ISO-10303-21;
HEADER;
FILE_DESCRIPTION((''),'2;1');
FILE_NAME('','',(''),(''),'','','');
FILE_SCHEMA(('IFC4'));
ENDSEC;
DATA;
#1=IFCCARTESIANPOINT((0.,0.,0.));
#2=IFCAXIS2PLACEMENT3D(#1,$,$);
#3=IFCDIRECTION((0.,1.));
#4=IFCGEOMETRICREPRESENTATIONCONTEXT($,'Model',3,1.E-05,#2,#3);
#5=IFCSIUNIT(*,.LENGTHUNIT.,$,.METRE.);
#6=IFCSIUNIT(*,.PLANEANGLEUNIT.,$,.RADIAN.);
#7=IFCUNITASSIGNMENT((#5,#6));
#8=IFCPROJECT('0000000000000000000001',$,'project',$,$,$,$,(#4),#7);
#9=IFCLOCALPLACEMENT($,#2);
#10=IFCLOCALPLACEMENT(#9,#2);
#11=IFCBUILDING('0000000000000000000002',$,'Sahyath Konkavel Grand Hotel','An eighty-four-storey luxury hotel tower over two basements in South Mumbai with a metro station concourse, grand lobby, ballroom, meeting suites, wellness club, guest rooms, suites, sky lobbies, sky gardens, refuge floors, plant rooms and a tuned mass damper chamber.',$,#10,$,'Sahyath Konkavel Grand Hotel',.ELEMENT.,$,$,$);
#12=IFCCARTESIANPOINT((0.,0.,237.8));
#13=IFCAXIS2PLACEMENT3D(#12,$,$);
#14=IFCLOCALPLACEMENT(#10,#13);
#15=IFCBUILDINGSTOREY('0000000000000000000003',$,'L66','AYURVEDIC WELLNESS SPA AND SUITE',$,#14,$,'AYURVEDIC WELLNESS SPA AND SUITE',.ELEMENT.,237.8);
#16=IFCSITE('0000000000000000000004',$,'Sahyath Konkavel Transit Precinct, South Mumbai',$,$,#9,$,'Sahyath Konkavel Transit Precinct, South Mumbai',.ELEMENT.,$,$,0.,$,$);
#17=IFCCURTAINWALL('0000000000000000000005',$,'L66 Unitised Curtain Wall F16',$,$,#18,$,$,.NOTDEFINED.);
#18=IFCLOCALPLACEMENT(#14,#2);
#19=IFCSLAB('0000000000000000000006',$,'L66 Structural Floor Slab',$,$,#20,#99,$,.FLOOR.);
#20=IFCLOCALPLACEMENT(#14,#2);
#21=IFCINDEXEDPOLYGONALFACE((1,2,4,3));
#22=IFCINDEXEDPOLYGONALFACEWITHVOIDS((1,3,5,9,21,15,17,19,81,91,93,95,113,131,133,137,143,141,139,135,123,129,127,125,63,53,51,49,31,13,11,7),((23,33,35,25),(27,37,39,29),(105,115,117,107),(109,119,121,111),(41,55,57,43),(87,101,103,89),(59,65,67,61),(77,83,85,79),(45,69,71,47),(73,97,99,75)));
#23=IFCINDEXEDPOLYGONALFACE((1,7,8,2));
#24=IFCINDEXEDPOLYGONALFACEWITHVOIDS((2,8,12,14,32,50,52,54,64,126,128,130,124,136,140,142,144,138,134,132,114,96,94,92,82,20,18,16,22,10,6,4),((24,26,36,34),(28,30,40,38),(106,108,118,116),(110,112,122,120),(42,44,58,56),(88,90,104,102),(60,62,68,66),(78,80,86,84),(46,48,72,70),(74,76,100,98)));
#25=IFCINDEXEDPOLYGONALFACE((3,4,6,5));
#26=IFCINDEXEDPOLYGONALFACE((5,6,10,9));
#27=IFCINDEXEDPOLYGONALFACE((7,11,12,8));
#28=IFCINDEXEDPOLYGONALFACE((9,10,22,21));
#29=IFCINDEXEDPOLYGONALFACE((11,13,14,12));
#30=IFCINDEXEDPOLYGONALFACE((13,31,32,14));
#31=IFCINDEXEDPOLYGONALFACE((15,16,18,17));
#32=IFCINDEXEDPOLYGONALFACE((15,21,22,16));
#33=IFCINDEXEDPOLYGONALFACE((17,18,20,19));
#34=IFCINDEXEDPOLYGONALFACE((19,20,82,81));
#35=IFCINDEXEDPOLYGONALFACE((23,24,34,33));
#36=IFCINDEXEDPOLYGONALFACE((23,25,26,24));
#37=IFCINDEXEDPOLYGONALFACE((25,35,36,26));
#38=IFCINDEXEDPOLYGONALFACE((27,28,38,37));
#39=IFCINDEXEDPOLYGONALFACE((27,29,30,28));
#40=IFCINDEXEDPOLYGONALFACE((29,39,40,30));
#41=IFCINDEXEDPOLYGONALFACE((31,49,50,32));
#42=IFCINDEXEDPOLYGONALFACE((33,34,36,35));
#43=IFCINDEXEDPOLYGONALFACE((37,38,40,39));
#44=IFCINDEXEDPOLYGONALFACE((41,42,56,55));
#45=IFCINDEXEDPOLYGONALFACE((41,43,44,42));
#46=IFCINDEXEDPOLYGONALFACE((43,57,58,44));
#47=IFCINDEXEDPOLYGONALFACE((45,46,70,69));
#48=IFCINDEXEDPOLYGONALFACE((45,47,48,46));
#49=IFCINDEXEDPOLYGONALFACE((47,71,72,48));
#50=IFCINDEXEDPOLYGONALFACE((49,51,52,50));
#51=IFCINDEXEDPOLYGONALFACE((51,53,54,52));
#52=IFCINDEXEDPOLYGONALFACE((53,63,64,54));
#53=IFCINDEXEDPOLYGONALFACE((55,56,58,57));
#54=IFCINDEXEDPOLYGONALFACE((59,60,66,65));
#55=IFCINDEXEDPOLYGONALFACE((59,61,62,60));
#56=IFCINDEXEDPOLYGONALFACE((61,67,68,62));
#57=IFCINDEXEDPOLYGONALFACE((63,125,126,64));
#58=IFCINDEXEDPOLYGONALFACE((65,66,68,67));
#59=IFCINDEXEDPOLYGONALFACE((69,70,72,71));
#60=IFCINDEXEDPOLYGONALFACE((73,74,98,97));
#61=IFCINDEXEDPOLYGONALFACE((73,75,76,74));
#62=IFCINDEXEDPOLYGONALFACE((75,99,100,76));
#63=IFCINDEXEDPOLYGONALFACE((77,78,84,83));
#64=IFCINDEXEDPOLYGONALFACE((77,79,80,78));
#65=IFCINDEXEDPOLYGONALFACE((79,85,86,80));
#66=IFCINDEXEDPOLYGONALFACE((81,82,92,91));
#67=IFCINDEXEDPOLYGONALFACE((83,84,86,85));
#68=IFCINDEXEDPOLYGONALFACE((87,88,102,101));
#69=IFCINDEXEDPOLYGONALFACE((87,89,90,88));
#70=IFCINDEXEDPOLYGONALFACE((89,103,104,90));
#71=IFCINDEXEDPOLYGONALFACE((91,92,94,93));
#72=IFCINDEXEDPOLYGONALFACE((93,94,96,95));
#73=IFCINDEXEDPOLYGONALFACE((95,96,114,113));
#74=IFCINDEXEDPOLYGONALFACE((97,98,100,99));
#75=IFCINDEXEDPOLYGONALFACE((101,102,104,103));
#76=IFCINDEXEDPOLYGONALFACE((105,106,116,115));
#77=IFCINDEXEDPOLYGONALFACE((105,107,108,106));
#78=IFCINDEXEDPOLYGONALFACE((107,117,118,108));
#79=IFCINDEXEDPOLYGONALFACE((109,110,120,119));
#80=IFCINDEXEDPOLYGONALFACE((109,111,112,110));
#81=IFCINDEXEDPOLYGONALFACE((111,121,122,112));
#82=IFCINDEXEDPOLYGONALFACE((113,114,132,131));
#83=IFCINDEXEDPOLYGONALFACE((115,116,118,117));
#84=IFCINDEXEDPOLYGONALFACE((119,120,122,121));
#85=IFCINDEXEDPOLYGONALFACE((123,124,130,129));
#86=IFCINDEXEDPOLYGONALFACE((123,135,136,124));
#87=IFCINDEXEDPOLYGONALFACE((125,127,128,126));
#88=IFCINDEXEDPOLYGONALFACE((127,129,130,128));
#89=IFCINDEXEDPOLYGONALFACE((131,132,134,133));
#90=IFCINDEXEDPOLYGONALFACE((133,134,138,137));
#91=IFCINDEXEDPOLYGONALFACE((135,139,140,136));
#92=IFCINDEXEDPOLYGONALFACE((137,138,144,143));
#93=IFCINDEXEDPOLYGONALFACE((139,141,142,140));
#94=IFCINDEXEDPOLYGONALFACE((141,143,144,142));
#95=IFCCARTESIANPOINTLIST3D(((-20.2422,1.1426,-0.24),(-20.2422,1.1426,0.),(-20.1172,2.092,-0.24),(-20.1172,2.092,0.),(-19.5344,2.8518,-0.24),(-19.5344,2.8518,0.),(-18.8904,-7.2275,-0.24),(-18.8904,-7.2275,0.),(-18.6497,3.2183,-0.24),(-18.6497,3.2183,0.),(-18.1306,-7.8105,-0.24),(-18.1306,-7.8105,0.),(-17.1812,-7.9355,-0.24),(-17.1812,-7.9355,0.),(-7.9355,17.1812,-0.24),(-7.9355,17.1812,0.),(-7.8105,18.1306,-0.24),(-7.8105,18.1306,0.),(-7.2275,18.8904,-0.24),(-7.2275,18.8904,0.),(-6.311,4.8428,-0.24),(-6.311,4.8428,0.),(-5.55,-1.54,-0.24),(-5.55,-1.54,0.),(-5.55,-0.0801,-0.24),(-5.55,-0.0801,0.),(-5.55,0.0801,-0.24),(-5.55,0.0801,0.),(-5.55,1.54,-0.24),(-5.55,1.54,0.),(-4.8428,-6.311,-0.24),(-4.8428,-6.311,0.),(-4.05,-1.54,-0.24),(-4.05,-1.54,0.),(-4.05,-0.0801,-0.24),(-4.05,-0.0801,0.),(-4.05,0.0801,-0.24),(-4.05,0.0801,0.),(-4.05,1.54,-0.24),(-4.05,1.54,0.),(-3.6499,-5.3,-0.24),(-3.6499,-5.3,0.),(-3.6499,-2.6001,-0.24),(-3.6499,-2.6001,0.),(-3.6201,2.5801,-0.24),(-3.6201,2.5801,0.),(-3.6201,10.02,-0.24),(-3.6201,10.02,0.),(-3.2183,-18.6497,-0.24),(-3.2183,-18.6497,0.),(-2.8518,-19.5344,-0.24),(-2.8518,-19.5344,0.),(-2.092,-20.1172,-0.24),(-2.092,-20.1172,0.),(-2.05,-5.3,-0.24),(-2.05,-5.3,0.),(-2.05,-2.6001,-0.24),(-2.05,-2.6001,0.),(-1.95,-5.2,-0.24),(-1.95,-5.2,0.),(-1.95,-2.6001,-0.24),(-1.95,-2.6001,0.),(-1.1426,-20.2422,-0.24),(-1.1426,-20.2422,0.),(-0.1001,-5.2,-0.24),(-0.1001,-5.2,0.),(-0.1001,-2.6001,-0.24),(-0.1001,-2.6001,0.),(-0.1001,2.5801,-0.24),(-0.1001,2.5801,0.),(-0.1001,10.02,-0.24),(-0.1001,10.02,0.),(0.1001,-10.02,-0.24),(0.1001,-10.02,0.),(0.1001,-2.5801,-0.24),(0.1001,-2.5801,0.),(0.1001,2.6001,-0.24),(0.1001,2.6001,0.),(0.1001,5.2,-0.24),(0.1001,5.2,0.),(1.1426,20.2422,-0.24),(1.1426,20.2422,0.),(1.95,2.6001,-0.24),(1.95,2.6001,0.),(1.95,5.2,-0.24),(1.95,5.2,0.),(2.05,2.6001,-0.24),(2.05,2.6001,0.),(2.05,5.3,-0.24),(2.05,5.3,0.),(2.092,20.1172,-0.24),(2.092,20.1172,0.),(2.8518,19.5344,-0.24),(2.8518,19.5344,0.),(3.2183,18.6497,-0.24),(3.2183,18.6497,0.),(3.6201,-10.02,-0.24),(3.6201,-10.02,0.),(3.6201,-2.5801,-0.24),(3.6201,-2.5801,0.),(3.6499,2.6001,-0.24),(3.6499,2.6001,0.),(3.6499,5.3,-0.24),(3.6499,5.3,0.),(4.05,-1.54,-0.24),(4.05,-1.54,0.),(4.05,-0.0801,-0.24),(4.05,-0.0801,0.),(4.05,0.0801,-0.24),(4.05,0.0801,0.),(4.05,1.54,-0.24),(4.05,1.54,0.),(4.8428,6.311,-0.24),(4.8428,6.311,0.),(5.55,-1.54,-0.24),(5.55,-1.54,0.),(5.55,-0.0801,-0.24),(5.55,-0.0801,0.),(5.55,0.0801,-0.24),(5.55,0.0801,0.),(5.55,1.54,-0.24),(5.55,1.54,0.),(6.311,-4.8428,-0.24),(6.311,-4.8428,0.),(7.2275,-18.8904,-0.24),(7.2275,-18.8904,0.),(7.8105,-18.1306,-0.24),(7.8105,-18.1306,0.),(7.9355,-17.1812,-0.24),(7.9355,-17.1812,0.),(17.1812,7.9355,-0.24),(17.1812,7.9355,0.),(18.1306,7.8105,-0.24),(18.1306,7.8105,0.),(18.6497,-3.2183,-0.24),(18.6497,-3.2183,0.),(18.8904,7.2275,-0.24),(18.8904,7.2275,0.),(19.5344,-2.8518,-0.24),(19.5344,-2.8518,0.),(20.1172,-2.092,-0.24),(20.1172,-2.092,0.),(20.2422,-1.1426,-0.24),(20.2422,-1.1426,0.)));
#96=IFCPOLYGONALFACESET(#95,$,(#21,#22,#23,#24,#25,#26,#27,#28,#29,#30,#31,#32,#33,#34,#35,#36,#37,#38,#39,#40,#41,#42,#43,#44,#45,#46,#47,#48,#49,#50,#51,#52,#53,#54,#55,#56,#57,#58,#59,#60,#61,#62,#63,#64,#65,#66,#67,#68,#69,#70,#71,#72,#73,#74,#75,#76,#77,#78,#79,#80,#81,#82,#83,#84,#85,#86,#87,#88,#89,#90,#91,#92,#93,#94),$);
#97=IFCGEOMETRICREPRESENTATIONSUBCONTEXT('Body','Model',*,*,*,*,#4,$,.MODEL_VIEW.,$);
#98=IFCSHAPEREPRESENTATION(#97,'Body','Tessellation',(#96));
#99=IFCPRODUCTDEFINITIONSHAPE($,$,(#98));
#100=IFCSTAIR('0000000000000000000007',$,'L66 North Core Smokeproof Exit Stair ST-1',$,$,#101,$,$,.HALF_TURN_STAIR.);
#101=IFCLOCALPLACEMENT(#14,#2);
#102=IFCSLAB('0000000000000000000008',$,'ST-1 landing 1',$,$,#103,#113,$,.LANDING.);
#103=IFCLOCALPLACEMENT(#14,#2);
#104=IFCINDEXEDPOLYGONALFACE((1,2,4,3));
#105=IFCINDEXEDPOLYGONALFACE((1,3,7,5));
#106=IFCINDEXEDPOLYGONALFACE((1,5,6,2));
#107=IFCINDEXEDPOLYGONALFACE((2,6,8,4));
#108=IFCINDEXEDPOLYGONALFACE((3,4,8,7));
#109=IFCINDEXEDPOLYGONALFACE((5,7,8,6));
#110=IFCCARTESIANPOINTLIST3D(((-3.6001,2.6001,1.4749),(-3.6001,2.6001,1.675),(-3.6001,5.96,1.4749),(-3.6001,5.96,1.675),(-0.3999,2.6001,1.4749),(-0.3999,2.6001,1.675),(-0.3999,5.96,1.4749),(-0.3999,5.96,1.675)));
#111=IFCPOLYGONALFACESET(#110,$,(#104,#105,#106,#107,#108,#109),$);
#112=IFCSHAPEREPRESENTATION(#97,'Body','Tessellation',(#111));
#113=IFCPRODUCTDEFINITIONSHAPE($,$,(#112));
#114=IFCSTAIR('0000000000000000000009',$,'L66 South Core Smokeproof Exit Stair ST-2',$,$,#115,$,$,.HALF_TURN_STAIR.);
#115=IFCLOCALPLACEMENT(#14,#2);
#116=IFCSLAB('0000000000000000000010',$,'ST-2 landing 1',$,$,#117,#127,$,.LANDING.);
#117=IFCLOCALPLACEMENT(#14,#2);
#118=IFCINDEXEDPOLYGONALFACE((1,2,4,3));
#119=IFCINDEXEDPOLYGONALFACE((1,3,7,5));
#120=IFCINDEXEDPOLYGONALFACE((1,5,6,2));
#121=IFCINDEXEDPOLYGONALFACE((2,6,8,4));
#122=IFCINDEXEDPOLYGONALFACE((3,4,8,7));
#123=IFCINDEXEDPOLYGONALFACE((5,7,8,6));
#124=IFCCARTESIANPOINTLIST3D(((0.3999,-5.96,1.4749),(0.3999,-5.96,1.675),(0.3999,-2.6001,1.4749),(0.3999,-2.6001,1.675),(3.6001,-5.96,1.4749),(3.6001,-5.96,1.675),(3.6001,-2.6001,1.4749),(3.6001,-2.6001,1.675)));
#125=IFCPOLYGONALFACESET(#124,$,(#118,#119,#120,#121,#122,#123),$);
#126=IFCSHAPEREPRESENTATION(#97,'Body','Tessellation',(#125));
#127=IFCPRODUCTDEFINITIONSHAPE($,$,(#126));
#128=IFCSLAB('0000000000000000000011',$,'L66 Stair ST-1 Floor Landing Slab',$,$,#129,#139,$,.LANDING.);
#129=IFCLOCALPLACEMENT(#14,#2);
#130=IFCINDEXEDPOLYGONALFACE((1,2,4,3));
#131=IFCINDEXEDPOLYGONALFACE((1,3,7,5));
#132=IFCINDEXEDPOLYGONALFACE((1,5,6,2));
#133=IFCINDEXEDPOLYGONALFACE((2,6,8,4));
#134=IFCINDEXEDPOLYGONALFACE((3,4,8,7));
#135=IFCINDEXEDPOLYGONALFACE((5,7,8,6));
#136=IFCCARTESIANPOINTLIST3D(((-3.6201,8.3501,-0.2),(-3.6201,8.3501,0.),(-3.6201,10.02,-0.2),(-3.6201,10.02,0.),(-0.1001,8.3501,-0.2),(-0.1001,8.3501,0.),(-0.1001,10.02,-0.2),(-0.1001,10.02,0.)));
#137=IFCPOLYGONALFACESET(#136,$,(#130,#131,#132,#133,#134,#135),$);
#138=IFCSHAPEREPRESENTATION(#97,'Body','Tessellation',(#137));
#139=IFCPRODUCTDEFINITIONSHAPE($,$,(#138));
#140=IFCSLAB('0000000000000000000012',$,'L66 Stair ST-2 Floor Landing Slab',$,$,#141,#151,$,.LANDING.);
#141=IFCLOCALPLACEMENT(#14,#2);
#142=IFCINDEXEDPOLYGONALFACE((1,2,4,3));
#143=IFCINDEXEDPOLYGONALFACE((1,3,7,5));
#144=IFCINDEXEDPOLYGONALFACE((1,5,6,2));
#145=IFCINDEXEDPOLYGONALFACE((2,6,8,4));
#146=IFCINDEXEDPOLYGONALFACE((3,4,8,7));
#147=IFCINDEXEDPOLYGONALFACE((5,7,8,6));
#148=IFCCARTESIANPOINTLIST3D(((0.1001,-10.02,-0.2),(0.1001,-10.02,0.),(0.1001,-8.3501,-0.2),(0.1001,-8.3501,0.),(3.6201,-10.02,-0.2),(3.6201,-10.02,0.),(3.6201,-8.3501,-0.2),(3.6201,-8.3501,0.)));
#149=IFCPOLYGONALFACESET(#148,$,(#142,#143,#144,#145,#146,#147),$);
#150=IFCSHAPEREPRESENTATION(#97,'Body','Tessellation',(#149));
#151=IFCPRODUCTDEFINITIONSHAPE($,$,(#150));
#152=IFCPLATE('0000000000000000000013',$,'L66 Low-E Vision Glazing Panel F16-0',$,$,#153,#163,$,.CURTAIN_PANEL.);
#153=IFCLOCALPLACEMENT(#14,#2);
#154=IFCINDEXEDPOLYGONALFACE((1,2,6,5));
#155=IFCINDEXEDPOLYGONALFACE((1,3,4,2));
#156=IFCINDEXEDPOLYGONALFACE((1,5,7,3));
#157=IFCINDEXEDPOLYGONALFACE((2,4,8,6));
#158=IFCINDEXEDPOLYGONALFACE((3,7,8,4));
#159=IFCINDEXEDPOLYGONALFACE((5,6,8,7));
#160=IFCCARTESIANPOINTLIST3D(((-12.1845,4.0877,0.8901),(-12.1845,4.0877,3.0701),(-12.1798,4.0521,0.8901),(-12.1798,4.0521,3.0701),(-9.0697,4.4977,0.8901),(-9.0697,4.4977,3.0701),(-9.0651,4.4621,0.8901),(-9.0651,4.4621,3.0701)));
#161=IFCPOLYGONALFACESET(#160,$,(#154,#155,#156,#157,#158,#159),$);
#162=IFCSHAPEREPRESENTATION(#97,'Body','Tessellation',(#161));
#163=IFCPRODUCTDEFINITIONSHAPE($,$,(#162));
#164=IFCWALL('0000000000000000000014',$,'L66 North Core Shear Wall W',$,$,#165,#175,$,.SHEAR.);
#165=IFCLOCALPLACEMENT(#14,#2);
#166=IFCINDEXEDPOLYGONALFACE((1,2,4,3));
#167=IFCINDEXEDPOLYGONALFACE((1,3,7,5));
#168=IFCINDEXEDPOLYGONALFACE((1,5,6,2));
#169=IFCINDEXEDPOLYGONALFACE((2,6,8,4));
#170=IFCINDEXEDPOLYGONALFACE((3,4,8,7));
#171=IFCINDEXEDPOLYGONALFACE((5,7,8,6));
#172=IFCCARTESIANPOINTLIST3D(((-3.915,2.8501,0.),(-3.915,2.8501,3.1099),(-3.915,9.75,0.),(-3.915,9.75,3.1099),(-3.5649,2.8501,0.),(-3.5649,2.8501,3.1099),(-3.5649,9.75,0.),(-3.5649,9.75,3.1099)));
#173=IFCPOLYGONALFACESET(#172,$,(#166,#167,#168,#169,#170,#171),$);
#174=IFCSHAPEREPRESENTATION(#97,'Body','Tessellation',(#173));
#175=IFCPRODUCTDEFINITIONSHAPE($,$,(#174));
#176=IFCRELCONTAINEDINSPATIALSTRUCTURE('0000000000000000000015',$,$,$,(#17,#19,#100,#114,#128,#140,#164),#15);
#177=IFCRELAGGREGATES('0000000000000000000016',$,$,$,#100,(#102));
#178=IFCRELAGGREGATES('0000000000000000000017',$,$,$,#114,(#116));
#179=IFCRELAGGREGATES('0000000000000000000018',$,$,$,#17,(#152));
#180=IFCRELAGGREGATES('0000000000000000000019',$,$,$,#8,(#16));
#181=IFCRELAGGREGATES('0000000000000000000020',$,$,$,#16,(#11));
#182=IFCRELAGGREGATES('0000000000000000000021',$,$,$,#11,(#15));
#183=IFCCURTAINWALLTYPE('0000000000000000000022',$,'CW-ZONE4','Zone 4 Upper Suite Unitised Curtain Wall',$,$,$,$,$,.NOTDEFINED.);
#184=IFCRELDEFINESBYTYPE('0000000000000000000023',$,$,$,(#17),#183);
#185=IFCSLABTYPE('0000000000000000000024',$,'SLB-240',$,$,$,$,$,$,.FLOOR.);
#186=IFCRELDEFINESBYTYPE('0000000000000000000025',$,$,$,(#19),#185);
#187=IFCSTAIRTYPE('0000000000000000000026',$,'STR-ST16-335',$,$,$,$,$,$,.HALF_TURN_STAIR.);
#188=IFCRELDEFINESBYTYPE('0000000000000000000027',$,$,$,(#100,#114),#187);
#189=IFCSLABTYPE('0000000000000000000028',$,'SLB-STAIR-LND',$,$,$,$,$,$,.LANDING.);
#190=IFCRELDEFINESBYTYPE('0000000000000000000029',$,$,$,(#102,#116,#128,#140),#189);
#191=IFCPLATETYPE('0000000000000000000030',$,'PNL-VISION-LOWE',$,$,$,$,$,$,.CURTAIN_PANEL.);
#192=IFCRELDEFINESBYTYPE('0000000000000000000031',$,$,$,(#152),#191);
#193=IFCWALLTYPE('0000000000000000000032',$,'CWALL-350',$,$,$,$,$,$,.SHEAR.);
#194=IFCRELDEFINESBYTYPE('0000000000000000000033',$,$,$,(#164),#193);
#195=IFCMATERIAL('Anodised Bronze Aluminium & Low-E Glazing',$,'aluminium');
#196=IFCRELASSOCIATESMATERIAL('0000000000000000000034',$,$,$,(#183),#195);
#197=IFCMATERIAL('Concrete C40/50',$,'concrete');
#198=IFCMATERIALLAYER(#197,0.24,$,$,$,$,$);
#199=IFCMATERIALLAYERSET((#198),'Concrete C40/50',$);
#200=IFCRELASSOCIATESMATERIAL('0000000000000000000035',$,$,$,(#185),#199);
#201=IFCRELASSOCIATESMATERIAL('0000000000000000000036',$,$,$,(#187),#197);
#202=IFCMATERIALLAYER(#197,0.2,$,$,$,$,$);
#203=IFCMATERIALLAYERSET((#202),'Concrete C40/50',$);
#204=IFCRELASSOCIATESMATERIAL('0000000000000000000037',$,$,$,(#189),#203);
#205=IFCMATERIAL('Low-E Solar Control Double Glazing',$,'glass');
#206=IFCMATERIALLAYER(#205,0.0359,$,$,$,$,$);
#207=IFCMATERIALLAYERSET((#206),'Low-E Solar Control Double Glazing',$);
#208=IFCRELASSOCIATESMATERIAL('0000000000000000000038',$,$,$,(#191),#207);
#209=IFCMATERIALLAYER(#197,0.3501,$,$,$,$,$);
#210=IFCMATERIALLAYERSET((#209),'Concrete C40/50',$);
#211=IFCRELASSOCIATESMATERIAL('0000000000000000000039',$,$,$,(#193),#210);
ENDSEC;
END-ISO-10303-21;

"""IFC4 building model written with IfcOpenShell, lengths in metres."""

from ifc_helpers import new_model, si_unit, direction, frame, frame_2d, origin, origin_2d, place, context, subcontext, project, spatial, polyline, rectangle, outline, extrude, source, transform, mapped, material, layer, layer_set, type_object, element, aggregate, save


model = new_model("IFC4")

# Units and contexts
model_context = context("Model", 3, precision=1e-05, world=origin(), true_north=direction((0.0, 1.0)))
body_context = subcontext(model_context, "Body", "Model", "MODEL_VIEW")
ifc_project = project(units=[si_unit("LENGTHUNIT", "METRE"), si_unit("PLANEANGLEUNIT", "RADIAN")], contexts=[model_context])

# Site, building, storey
site_placement = place(None, origin())
site = spatial("IfcSite", under=ifc_project, at=site_placement, Name="Sahyath Konkavel Transit Precinct, South Mumbai", LongName="Sahyath Konkavel Transit Precinct, South Mumbai", CompositionType="ELEMENT", RefElevation=0.0)
building_placement = place(site_placement, origin())
building = spatial("IfcBuilding", under=site, at=building_placement, Name="Sahyath Konkavel Grand Hotel", Description="An eighty-four-storey luxury hotel tower over two basements in South Mumbai with a metro station concourse, grand lobby, ballroom, meeting suites, wellness club, guest rooms, suites, sky lobbies, sky gardens, refuge floors, plant rooms and a tuned mass damper chamber.", LongName="Sahyath Konkavel Grand Hotel", CompositionType="ELEMENT")
storey_placement = place(building_placement, frame((0.0, 0.0, 237.8)))
storey = spatial("IfcBuildingStorey", under=building, at=storey_placement, Name="L66", Description="AYURVEDIC WELLNESS SPA AND SUITE", LongName="AYURVEDIC WELLNESS SPA AND SUITE", CompositionType="ELEMENT", Elevation=237.8)

# Shared definitions
ifc_material_1 = material(Name="Concrete C40/50", Category="concrete")

# Shared definitions
ifc_material_2 = material(Name="Anodised Bronze Aluminium & Low-E Glazing", Category="aluminium")
curtain_wall_type = type_object("IfcCurtainWallType", Name="CW-ZONE4", Description="Zone 4 Upper Suite Unitised Curtain Wall", PredefinedType="NOTDEFINED", material=ifc_material_2)

# Curtain wall
curtain_wall_1_placement = place(storey_placement, origin())
curtain_wall_1 = element("IfcCurtainWall", 1, at=curtain_wall_1_placement, inside=storey, type_object=curtain_wall_type, Name="L66 Unitised Curtain Wall F16", PredefinedType="NOTDEFINED")

# Slab
ifc_layer_1 = layer(ifc_material_1, 0.24)
ifc_layer_set_1 = layer_set([ifc_layer_1], Name="Concrete C40/50")
slab_type_1 = type_object("IfcSlabType", Name="SLB-240", PredefinedType="FLOOR", material=ifc_layer_set_1)
slab_1_placement = place(storey_placement, frame((0.0, 0.0, -0.24)))
element("IfcSlab", 2, at=slab_1_placement, inside=storey, type_object=slab_type_1, Name="L66 Structural Floor Slab", PredefinedType="FLOOR", context=body_context, shape_type="SweptSolid", body=[
    extrude(outline(polyline([(6.311, -4.8428), (18.6497, -3.2183), (19.5344, -2.8518), (20.1172, -2.092), (20.2422, -1.1426), (18.8904, 7.2275), (18.1306, 7.8105), (17.1812, 7.9355), (4.8428, 6.311), (3.2183, 18.6497), (2.8518, 19.5344), (2.092, 20.1172), (1.1426, 20.2422), (-7.2275, 18.8904), (-7.8105, 18.1306), (-7.9355, 17.1812), (-6.311, 4.8428), (-18.6497, 3.2183), (-19.5344, 2.8518), (-20.1172, 2.092), (-20.2422, 1.1426), (-18.8904, -7.2275), (-18.1306, -7.8105), (-17.1812, -7.9355), (-4.8428, -6.311), (-3.2183, -18.6497), (-2.8518, -19.5344), (-2.092, -20.1172), (-1.1426, -20.2422), (7.2275, -18.8904), (7.8105, -18.1306), (7.9355, -17.1812), (6.311, -4.8428)]), holes=[polyline([(-3.6201, 2.5801), (-0.1001, 2.5801), (-0.1001, 10.02), (-3.6201, 10.02), (-3.6201, 2.5801)]), polyline([(0.1001, -10.02), (3.6201, -10.02), (3.6201, -2.5801), (0.1001, -2.5801), (0.1001, -10.02)]), polyline([(0.1001, 2.6001), (1.95, 2.6001), (1.95, 5.2), (0.1001, 5.2), (0.1001, 2.6001)]), polyline([(-1.95, -5.2), (-0.1001, -5.2), (-0.1001, -2.6001), (-1.95, -2.6001), (-1.95, -5.2)]), polyline([(2.05, 2.6001), (3.6499, 2.6001), (3.6499, 5.3), (2.05, 5.3), (2.05, 2.6001)]), polyline([(-3.6499, -5.3), (-2.05, -5.3), (-2.05, -2.6001), (-3.6499, -2.6001), (-3.6499, -5.3)]), polyline([(4.05, 0.0801), (5.55, 0.0801), (5.55, 1.54), (4.05, 1.54), (4.05, 0.0801)]), polyline([(4.05, -1.54), (5.55, -1.54), (5.55, -0.0801), (4.05, -0.0801), (4.05, -1.54)]), polyline([(-5.55, 0.0801), (-4.05, 0.0801), (-4.05, 1.54), (-5.55, 1.54), (-5.55, 0.0801)]), polyline([(-5.55, -1.54), (-4.05, -1.54), (-4.05, -0.0801), (-5.55, -0.0801), (-5.55, -1.54)])]), origin(), (0.0, 0.0, 1.0), 0.24),
])

# Stairs, slabs
stair_type = type_object("IfcStairType", Name="STR-ST16-335", PredefinedType="HALF_TURN_STAIR", material=ifc_material_1)
stair_1_placement = place(storey_placement, origin())
stair_1 = element("IfcStair", 3, at=stair_1_placement, inside=storey, type_object=stair_type, Name="L66 North Core Smokeproof Exit Stair ST-1", PredefinedType="HALF_TURN_STAIR")
ifc_layer_2 = layer(ifc_material_1, 0.2)
ifc_layer_set_2 = layer_set([ifc_layer_2], Name="Concrete C40/50")
slab_type_2 = type_object("IfcSlabType", Name="SLB-STAIR-LND", PredefinedType="LANDING", material=ifc_layer_set_2)
slab_2_placement = place(storey_placement, frame((0.0, 0.0, 1.4749)))
slab_2 = element("IfcSlab", 4, at=slab_2_placement, type_object=slab_type_2, Name="ST-1 landing 1", PredefinedType="LANDING", context=body_context, shape_type="SweptSolid", body=[
    extrude(outline(polyline([(-3.6001, 5.96), (-3.6001, 2.6001), (-0.3999, 2.6001), (-0.3999, 5.96), (-3.6001, 5.96)])), origin(), (0.0, 0.0, 1.0), 0.2002),
])
aggregate(stair_1, [slab_2])
stair_2_placement = place(storey_placement, origin())
stair_2 = element("IfcStair", 5, at=stair_2_placement, inside=storey, type_object=stair_type, Name="L66 South Core Smokeproof Exit Stair ST-2", PredefinedType="HALF_TURN_STAIR")
slab_3_placement = place(storey_placement, frame((0.0, 0.0, 1.4749)))
slab_3 = element("IfcSlab", 6, at=slab_3_placement, type_object=slab_type_2, Name="ST-2 landing 1", PredefinedType="LANDING", context=body_context, shape_type="SweptSolid", body=[
    extrude(outline(polyline([(3.6001, -5.96), (3.6001, -2.6001), (0.3999, -2.6001), (0.3999, -5.96), (3.6001, -5.96)])), origin(), (0.0, 0.0, 1.0), 0.2002),
])
aggregate(stair_2, [slab_3])

# Slabs
slab_4_placement = place(storey_placement, frame((0.0, 0.0, -0.2)))
element("IfcSlab", 7, at=slab_4_placement, inside=storey, type_object=slab_type_2, Name="L66 Stair ST-1 Floor Landing Slab", PredefinedType="LANDING", context=body_context, shape_type="SweptSolid", body=[
    extrude(outline(polyline([(-3.6201, 8.3501), (-0.1001, 8.3501), (-0.1001, 10.02), (-3.6201, 10.02), (-3.6201, 8.3501)])), origin(), (0.0, 0.0, 1.0), 0.2),
])
slab_5_placement = place(storey_placement, frame((0.0, 0.0, -0.2)))
element("IfcSlab", 8, at=slab_5_placement, inside=storey, type_object=slab_type_2, Name="L66 Stair ST-2 Floor Landing Slab", PredefinedType="LANDING", context=body_context, shape_type="SweptSolid", body=[
    extrude(outline(polyline([(0.1001, -10.02), (3.6201, -10.02), (3.6201, -8.3501), (0.1001, -8.3501), (0.1001, -10.02)])), origin(), (0.0, 0.0, 1.0), 0.2),
])

# Plate
ifc_material_3 = material(Name="Low-E Solar Control Double Glazing", Category="glass")
ifc_layer_3 = layer(ifc_material_3, 0.0359)
ifc_layer_set_3 = layer_set([ifc_layer_3], Name="Low-E Solar Control Double Glazing")
plate_type = type_object("IfcPlateType", Name="PNL-VISION-LOWE", PredefinedType="CURTAIN_PANEL", material=ifc_layer_set_3)
shared_shape_1 = source(origin(), body_context, "Body", "SweptSolid", [
    extrude(rectangle(XDim=3.1416, YDim=0.0359, at=origin_2d()), origin(), (0.0, 0.0, 1.0), 2.1799),
])
plate_placement = place(storey_placement, frame((-10.6248, 4.2749, 0.8901), z_axis=(0.0, 0.0, 1.0), x_axis=(-0.991445, -0.130526, 0.0)))
plate = element("IfcPlate", 9, at=plate_placement, type_object=plate_type, Name="L66 Low-E Vision Glazing Panel F16-0", PredefinedType="CURTAIN_PANEL", context=body_context, shape_type="MappedRepresentation", body=[
    mapped(shared_shape_1, transform((0.0, 0.0, 0.0), scale=1.0)),
])
aggregate(curtain_wall_1, [plate])

# Wall
ifc_layer_4 = layer(ifc_material_1, 0.3501)
ifc_layer_set_4 = layer_set([ifc_layer_4], Name="Concrete C40/50")
wall_type_1 = type_object("IfcWallType", Name="CWALL-350", PredefinedType="SHEAR", material=ifc_layer_set_4)
wall_1_placement = place(storey_placement, frame((-3.74, 2.8501, 0.0), z_axis=(0.0, 0.0, 1.0), x_axis=(0.0, 1.0, 0.0)))
element("IfcWall", 10, at=wall_1_placement, inside=storey, type_object=wall_type_1, Name="L66 North Core Shear Wall W", PredefinedType="SHEAR", context=body_context, shape_type="SweptSolid", body=[
    extrude(rectangle(XDim=6.8999, YDim=0.3501, at=frame_2d((3.45, 0.0))), origin(), (0.0, 0.0, 1.0), 3.1099),
])

save(model, "model.ifc")
